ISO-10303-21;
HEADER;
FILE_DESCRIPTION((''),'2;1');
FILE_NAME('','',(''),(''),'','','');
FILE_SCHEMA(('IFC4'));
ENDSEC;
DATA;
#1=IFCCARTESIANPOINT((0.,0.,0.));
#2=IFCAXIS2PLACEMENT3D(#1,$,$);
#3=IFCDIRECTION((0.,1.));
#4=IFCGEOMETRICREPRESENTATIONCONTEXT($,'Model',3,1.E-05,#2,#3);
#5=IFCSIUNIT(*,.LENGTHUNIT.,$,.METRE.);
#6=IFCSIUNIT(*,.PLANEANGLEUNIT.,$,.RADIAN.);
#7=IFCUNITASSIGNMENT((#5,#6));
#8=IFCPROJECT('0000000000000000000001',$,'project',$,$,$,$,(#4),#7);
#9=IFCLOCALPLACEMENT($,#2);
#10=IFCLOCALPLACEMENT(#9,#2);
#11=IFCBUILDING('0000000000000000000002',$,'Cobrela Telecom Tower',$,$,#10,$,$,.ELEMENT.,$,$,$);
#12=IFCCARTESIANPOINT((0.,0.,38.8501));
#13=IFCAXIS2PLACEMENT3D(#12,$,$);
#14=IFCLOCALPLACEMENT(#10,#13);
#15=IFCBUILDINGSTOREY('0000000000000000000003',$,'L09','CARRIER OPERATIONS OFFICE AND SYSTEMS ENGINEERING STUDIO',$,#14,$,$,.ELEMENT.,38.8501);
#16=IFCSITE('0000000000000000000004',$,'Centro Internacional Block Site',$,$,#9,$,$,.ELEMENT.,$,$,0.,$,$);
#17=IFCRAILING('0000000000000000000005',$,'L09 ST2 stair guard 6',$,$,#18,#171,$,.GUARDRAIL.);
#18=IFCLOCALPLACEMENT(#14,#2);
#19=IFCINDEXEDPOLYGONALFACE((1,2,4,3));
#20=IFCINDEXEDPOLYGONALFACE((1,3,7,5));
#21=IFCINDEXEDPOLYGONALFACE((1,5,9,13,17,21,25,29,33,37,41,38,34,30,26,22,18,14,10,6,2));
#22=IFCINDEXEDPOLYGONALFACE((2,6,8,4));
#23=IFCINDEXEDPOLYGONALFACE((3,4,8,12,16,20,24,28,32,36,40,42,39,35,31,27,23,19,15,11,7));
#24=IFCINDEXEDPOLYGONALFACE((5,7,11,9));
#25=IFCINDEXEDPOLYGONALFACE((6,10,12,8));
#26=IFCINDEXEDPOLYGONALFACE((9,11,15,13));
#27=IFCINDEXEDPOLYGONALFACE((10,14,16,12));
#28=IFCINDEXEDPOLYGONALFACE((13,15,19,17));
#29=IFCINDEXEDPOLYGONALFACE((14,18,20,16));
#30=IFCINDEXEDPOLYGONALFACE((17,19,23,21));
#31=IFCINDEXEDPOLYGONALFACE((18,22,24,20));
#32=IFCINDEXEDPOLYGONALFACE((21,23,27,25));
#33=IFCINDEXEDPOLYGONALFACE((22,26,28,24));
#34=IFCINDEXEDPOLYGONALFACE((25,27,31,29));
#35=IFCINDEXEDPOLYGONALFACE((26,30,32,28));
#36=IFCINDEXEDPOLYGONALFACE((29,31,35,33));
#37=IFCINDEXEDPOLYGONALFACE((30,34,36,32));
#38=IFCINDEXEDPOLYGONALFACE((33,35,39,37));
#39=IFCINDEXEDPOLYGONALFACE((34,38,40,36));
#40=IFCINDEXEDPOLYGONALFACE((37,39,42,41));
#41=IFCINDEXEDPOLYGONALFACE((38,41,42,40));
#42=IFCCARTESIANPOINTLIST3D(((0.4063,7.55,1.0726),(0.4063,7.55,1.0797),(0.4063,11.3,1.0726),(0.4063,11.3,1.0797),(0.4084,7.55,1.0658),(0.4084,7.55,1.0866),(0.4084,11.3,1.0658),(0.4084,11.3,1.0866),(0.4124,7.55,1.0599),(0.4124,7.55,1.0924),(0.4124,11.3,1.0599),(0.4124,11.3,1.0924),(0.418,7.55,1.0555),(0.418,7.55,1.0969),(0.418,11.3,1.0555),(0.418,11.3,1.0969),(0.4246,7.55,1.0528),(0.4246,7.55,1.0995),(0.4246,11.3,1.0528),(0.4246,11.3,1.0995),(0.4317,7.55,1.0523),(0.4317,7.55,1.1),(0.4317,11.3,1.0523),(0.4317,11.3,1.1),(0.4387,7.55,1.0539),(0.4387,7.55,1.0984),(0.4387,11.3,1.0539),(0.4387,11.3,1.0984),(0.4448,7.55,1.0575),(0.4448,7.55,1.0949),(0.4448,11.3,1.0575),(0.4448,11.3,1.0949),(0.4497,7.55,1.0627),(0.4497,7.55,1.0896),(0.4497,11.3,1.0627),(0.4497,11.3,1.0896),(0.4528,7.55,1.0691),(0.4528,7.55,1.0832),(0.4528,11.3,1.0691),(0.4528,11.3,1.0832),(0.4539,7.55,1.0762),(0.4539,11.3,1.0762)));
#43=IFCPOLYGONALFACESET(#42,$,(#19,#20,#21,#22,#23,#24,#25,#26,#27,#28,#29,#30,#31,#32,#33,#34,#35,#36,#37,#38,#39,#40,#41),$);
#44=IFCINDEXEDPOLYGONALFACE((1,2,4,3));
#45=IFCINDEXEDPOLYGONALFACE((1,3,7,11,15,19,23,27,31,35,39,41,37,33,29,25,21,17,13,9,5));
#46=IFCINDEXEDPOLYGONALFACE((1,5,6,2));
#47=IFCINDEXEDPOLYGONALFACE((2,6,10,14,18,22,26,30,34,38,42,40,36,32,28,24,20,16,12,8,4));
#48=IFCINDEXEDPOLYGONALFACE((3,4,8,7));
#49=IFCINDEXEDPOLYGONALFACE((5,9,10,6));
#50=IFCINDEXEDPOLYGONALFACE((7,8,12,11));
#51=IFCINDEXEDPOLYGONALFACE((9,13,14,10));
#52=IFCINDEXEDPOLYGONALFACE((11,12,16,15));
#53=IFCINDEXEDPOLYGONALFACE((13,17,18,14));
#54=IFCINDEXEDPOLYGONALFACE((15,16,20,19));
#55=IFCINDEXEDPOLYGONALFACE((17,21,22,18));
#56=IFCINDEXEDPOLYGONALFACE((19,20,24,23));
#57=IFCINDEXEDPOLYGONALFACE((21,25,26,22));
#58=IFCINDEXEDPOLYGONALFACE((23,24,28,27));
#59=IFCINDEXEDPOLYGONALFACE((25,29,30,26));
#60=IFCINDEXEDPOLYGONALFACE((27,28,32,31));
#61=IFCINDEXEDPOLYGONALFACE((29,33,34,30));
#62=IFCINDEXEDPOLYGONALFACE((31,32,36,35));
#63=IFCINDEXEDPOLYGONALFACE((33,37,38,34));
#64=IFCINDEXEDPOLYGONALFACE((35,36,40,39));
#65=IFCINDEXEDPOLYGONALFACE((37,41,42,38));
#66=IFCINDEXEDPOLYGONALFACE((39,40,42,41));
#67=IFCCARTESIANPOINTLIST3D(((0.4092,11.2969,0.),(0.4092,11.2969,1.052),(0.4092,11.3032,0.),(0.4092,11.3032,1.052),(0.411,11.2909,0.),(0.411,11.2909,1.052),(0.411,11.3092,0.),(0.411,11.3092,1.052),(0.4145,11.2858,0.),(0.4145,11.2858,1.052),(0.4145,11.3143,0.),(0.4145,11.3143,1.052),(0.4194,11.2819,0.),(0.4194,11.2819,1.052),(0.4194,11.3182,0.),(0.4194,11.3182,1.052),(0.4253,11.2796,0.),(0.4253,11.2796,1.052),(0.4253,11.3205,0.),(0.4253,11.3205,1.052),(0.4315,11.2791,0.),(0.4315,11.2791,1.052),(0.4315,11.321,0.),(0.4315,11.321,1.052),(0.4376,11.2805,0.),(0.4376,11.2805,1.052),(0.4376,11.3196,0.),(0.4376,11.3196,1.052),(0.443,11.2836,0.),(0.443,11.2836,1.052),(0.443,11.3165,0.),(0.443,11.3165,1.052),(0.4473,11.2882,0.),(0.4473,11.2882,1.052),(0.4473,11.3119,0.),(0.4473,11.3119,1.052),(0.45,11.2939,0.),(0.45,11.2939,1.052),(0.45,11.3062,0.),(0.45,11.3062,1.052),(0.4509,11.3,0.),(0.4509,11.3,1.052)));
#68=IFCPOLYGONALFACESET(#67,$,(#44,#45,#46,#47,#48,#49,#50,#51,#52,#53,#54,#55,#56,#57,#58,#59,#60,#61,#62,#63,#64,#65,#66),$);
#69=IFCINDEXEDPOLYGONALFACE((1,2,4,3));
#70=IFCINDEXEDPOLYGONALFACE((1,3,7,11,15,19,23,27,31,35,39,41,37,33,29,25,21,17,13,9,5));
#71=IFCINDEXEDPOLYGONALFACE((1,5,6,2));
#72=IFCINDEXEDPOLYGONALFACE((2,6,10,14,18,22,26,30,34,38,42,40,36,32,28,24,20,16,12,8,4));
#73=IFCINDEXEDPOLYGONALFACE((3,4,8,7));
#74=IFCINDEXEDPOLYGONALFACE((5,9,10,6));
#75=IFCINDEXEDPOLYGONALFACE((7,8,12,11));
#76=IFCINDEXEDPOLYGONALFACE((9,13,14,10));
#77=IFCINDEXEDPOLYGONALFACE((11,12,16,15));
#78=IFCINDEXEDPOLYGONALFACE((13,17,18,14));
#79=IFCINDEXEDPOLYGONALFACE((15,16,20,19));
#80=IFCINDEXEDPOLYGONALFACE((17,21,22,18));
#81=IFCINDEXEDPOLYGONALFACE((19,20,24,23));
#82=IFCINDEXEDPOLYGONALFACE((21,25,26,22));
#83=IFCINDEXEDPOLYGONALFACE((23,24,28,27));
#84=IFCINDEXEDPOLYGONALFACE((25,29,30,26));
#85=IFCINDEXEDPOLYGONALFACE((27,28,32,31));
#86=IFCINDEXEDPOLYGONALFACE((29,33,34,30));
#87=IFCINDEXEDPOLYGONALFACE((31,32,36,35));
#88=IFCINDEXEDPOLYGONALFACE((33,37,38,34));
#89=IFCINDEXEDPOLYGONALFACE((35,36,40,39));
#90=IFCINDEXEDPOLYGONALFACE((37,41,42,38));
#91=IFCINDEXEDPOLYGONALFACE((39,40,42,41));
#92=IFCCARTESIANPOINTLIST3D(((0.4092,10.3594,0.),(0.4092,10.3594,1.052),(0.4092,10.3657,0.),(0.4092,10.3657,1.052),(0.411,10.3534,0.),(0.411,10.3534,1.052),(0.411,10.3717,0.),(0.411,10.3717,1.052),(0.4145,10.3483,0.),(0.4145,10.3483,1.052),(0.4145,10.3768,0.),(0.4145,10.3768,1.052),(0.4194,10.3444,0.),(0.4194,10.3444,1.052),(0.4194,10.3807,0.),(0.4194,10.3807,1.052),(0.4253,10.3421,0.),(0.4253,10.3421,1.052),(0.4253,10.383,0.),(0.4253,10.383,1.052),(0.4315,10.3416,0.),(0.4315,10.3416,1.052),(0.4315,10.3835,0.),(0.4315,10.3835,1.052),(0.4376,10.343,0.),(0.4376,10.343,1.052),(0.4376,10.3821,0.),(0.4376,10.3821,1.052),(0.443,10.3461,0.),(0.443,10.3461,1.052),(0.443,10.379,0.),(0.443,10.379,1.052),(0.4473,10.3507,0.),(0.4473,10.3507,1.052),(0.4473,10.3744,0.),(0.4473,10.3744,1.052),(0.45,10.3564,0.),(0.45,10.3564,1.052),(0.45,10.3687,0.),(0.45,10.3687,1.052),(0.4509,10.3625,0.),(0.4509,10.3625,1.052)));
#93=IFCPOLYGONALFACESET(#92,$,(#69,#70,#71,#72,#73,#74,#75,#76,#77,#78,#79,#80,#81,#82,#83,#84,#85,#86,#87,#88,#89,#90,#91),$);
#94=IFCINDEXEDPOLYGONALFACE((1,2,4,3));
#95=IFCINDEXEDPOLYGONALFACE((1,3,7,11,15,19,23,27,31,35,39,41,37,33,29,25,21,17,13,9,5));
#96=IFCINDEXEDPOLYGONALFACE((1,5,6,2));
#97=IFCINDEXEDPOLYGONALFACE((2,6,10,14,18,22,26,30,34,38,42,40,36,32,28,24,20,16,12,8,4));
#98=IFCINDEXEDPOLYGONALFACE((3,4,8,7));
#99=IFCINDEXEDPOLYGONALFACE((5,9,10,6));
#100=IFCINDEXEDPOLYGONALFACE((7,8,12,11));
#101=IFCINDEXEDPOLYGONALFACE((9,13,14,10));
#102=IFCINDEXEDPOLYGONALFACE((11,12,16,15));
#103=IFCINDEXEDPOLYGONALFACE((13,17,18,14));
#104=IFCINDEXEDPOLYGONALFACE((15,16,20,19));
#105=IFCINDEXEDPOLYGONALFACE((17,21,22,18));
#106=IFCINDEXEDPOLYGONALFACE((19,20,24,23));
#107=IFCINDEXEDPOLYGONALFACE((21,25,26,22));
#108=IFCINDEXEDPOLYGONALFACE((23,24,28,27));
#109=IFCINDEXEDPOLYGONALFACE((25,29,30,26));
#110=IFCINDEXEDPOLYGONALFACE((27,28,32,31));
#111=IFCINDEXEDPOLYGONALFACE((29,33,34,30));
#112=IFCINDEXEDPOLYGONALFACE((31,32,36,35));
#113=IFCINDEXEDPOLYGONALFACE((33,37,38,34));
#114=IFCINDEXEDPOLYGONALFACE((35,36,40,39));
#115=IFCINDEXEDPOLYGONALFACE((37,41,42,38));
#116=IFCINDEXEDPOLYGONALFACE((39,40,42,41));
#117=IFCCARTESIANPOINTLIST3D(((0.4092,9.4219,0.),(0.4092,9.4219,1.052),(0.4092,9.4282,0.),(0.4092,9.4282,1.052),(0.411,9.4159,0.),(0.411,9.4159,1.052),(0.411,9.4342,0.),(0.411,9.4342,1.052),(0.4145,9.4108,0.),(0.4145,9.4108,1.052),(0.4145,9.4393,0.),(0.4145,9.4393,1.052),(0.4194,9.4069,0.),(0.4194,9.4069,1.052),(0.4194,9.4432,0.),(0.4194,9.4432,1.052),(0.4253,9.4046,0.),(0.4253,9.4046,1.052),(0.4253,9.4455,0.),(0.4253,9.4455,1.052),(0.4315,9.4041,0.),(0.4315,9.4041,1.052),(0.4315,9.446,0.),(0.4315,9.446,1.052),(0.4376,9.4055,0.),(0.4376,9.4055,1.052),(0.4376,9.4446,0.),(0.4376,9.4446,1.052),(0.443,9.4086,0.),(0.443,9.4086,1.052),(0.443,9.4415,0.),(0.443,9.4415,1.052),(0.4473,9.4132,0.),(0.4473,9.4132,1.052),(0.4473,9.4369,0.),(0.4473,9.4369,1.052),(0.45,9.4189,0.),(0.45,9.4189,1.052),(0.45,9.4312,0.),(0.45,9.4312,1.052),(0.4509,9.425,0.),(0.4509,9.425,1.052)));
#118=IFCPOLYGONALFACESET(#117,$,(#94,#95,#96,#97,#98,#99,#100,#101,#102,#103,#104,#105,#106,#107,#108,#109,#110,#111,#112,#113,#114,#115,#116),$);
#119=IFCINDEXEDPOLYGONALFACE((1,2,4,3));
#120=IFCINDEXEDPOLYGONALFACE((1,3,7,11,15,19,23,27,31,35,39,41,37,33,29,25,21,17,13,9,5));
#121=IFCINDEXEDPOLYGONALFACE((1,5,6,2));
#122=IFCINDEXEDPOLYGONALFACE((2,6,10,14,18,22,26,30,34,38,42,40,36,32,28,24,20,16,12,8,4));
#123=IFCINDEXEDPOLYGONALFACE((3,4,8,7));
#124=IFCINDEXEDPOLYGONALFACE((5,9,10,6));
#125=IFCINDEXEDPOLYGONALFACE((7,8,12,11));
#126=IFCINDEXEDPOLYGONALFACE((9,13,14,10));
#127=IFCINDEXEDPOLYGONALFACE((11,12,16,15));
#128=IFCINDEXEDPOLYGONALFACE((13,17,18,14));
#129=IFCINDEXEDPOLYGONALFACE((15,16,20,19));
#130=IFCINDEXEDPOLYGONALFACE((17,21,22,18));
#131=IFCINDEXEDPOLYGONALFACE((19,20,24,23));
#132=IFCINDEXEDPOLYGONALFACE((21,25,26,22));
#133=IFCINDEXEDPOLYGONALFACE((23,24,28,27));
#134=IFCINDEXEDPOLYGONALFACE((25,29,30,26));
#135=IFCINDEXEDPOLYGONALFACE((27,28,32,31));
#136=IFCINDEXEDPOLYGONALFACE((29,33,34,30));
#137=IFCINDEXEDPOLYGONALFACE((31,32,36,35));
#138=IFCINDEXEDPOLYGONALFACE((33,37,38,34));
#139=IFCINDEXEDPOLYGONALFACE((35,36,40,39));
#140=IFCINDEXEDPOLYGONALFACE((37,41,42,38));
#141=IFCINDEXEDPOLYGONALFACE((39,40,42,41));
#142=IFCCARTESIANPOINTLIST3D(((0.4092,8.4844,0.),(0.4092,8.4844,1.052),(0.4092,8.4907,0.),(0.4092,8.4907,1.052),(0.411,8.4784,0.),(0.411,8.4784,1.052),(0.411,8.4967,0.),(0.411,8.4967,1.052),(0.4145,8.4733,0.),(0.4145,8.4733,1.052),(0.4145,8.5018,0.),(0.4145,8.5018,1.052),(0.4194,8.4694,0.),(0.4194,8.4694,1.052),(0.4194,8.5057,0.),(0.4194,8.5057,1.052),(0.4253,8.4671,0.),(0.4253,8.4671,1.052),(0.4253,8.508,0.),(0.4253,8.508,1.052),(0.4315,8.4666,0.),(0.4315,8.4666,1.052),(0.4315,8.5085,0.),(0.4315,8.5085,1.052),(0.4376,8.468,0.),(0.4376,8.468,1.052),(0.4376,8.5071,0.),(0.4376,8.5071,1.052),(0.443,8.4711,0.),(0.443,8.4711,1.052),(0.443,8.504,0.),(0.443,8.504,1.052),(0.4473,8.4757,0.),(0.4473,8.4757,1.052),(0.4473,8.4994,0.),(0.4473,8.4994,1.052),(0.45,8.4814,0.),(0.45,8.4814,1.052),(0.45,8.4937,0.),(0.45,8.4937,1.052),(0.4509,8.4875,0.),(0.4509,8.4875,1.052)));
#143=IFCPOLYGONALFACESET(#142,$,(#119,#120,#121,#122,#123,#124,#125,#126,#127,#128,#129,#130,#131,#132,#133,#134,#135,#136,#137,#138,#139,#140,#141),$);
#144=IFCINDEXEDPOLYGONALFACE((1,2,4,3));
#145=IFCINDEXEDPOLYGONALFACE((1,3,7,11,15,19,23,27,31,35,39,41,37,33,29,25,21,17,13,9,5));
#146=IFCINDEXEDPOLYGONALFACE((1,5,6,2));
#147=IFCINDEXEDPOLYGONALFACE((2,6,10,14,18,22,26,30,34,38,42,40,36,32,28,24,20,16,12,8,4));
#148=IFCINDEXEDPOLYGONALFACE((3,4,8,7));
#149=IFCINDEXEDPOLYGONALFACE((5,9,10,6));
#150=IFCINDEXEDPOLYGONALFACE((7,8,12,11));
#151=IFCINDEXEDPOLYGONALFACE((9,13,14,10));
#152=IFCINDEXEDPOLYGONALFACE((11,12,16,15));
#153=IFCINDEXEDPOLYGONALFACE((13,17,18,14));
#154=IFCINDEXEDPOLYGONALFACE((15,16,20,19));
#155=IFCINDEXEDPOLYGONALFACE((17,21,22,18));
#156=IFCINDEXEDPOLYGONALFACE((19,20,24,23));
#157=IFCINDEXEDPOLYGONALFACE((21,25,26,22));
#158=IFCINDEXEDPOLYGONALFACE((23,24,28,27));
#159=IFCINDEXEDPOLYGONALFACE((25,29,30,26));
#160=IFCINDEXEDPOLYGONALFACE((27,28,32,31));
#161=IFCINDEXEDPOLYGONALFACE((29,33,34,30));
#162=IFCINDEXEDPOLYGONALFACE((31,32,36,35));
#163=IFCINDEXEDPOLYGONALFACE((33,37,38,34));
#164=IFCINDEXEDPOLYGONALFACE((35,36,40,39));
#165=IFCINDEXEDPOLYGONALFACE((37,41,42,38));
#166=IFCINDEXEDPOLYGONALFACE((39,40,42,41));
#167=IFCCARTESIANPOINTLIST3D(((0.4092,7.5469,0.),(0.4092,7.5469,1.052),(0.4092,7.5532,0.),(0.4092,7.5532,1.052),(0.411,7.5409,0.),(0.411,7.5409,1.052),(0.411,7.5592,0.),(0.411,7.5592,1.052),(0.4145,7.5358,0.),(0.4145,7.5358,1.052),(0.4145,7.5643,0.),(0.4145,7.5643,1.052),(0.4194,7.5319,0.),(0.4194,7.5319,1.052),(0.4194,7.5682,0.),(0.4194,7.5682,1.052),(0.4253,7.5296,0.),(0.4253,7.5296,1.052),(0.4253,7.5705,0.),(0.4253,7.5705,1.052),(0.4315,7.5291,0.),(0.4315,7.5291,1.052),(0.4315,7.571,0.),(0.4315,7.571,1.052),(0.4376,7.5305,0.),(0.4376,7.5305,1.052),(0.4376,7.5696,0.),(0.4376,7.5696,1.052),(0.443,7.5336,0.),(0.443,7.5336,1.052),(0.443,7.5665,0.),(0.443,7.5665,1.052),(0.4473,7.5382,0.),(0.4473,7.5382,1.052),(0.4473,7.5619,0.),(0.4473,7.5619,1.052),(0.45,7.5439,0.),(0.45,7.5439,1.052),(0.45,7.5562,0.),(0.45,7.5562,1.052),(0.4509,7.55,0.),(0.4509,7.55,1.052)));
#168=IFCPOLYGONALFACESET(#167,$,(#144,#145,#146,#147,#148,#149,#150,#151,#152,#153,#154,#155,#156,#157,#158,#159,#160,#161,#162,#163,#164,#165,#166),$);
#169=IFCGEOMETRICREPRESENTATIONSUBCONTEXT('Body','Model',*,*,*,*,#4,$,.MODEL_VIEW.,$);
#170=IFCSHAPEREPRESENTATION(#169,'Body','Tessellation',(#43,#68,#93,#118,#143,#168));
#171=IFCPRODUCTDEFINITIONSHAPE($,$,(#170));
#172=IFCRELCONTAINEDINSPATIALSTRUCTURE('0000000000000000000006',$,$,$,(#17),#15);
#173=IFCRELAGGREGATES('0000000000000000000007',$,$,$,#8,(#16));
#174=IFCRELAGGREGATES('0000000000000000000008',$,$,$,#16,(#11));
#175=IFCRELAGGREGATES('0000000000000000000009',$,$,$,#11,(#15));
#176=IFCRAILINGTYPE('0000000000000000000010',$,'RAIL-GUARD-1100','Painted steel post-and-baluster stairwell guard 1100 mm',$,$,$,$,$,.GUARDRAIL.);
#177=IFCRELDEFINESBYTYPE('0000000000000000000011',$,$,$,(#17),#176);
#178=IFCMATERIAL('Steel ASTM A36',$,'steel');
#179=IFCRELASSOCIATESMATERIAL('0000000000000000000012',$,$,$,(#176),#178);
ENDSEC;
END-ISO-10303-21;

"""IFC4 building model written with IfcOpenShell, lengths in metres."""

from ifc_helpers import new_model, si_unit, direction, frame, origin, origin_2d, place, context, subcontext, project, spatial, circle, extrude, material, type_object, element, save


model = new_model("IFC4")

# Units and contexts
model_context = context("Model", 3, precision=1e-05, world=origin(), true_north=direction((0.0, 1.0)))
body_context = subcontext(model_context, "Body", "Model", "MODEL_VIEW")
ifc_project = project(units=[si_unit("LENGTHUNIT", "METRE"), si_unit("PLANEANGLEUNIT", "RADIAN")], contexts=[model_context])

# Site, building, storey
site_placement = place(None, origin())
site = spatial("IfcSite", under=ifc_project, at=site_placement, Name="Centro Internacional Block Site", CompositionType="ELEMENT", RefElevation=0.0)
building_placement = place(site_placement, origin())
building = spatial("IfcBuilding", under=site, at=building_placement, Name="Cobrela Telecom Tower", CompositionType="ELEMENT")
storey_placement = place(building_placement, frame((0.0, 0.0, 38.8501)))
storey = spatial("IfcBuildingStorey", under=building, at=storey_placement, Name="L09", Description="CARRIER OPERATIONS OFFICE AND SYSTEMS ENGINEERING STUDIO", CompositionType="ELEMENT", Elevation=38.8501)

# Railing
ifc_material_1 = material(Name="Steel ASTM A36", Category="steel")
railing_type_1 = type_object("IfcRailingType", Name="RAIL-GUARD-1100", Description="Painted steel post-and-baluster stairwell guard 1100 mm", PredefinedType="GUARDRAIL", material=ifc_material_1)
railing_1_placement = place(storey_placement, frame((0.4299, 11.3, 0.0)))
element("IfcRailing", 1, at=railing_1_placement, inside=storey, type_object=railing_type_1, Name="L09 ST2 stair guard 6", PredefinedType="GUARDRAIL", context=body_context, shape_type="SweptSolid", body=[
    extrude(circle(Radius=0.0239, at=origin_2d()), frame((0.0, 0.0, 1.0762), z_axis=(0.0, -1.0, 0.0), x_axis=(1.0, 0.0, 0.0)), (0.0, 0.0, 1.0), 3.75),
    extrude(circle(Radius=0.021, at=origin_2d()), origin(), (0.0, 0.0, 1.0), 1.052),
    extrude(circle(Radius=0.021, at=origin_2d()), frame((0.0, -0.9375, 0.0)), (0.0, 0.0, 1.0), 1.052),
    extrude(circle(Radius=0.021, at=origin_2d()), frame((0.0, -1.875, 0.0)), (0.0, 0.0, 1.0), 1.052),
    extrude(circle(Radius=0.021, at=origin_2d()), frame((0.0, -2.8125, 0.0)), (0.0, 0.0, 1.0), 1.052),
    extrude(circle(Radius=0.021, at=origin_2d()), frame((0.0, -3.75, 0.0)), (0.0, 0.0, 1.0), 1.052),
])

save(model, "model.ifc")
